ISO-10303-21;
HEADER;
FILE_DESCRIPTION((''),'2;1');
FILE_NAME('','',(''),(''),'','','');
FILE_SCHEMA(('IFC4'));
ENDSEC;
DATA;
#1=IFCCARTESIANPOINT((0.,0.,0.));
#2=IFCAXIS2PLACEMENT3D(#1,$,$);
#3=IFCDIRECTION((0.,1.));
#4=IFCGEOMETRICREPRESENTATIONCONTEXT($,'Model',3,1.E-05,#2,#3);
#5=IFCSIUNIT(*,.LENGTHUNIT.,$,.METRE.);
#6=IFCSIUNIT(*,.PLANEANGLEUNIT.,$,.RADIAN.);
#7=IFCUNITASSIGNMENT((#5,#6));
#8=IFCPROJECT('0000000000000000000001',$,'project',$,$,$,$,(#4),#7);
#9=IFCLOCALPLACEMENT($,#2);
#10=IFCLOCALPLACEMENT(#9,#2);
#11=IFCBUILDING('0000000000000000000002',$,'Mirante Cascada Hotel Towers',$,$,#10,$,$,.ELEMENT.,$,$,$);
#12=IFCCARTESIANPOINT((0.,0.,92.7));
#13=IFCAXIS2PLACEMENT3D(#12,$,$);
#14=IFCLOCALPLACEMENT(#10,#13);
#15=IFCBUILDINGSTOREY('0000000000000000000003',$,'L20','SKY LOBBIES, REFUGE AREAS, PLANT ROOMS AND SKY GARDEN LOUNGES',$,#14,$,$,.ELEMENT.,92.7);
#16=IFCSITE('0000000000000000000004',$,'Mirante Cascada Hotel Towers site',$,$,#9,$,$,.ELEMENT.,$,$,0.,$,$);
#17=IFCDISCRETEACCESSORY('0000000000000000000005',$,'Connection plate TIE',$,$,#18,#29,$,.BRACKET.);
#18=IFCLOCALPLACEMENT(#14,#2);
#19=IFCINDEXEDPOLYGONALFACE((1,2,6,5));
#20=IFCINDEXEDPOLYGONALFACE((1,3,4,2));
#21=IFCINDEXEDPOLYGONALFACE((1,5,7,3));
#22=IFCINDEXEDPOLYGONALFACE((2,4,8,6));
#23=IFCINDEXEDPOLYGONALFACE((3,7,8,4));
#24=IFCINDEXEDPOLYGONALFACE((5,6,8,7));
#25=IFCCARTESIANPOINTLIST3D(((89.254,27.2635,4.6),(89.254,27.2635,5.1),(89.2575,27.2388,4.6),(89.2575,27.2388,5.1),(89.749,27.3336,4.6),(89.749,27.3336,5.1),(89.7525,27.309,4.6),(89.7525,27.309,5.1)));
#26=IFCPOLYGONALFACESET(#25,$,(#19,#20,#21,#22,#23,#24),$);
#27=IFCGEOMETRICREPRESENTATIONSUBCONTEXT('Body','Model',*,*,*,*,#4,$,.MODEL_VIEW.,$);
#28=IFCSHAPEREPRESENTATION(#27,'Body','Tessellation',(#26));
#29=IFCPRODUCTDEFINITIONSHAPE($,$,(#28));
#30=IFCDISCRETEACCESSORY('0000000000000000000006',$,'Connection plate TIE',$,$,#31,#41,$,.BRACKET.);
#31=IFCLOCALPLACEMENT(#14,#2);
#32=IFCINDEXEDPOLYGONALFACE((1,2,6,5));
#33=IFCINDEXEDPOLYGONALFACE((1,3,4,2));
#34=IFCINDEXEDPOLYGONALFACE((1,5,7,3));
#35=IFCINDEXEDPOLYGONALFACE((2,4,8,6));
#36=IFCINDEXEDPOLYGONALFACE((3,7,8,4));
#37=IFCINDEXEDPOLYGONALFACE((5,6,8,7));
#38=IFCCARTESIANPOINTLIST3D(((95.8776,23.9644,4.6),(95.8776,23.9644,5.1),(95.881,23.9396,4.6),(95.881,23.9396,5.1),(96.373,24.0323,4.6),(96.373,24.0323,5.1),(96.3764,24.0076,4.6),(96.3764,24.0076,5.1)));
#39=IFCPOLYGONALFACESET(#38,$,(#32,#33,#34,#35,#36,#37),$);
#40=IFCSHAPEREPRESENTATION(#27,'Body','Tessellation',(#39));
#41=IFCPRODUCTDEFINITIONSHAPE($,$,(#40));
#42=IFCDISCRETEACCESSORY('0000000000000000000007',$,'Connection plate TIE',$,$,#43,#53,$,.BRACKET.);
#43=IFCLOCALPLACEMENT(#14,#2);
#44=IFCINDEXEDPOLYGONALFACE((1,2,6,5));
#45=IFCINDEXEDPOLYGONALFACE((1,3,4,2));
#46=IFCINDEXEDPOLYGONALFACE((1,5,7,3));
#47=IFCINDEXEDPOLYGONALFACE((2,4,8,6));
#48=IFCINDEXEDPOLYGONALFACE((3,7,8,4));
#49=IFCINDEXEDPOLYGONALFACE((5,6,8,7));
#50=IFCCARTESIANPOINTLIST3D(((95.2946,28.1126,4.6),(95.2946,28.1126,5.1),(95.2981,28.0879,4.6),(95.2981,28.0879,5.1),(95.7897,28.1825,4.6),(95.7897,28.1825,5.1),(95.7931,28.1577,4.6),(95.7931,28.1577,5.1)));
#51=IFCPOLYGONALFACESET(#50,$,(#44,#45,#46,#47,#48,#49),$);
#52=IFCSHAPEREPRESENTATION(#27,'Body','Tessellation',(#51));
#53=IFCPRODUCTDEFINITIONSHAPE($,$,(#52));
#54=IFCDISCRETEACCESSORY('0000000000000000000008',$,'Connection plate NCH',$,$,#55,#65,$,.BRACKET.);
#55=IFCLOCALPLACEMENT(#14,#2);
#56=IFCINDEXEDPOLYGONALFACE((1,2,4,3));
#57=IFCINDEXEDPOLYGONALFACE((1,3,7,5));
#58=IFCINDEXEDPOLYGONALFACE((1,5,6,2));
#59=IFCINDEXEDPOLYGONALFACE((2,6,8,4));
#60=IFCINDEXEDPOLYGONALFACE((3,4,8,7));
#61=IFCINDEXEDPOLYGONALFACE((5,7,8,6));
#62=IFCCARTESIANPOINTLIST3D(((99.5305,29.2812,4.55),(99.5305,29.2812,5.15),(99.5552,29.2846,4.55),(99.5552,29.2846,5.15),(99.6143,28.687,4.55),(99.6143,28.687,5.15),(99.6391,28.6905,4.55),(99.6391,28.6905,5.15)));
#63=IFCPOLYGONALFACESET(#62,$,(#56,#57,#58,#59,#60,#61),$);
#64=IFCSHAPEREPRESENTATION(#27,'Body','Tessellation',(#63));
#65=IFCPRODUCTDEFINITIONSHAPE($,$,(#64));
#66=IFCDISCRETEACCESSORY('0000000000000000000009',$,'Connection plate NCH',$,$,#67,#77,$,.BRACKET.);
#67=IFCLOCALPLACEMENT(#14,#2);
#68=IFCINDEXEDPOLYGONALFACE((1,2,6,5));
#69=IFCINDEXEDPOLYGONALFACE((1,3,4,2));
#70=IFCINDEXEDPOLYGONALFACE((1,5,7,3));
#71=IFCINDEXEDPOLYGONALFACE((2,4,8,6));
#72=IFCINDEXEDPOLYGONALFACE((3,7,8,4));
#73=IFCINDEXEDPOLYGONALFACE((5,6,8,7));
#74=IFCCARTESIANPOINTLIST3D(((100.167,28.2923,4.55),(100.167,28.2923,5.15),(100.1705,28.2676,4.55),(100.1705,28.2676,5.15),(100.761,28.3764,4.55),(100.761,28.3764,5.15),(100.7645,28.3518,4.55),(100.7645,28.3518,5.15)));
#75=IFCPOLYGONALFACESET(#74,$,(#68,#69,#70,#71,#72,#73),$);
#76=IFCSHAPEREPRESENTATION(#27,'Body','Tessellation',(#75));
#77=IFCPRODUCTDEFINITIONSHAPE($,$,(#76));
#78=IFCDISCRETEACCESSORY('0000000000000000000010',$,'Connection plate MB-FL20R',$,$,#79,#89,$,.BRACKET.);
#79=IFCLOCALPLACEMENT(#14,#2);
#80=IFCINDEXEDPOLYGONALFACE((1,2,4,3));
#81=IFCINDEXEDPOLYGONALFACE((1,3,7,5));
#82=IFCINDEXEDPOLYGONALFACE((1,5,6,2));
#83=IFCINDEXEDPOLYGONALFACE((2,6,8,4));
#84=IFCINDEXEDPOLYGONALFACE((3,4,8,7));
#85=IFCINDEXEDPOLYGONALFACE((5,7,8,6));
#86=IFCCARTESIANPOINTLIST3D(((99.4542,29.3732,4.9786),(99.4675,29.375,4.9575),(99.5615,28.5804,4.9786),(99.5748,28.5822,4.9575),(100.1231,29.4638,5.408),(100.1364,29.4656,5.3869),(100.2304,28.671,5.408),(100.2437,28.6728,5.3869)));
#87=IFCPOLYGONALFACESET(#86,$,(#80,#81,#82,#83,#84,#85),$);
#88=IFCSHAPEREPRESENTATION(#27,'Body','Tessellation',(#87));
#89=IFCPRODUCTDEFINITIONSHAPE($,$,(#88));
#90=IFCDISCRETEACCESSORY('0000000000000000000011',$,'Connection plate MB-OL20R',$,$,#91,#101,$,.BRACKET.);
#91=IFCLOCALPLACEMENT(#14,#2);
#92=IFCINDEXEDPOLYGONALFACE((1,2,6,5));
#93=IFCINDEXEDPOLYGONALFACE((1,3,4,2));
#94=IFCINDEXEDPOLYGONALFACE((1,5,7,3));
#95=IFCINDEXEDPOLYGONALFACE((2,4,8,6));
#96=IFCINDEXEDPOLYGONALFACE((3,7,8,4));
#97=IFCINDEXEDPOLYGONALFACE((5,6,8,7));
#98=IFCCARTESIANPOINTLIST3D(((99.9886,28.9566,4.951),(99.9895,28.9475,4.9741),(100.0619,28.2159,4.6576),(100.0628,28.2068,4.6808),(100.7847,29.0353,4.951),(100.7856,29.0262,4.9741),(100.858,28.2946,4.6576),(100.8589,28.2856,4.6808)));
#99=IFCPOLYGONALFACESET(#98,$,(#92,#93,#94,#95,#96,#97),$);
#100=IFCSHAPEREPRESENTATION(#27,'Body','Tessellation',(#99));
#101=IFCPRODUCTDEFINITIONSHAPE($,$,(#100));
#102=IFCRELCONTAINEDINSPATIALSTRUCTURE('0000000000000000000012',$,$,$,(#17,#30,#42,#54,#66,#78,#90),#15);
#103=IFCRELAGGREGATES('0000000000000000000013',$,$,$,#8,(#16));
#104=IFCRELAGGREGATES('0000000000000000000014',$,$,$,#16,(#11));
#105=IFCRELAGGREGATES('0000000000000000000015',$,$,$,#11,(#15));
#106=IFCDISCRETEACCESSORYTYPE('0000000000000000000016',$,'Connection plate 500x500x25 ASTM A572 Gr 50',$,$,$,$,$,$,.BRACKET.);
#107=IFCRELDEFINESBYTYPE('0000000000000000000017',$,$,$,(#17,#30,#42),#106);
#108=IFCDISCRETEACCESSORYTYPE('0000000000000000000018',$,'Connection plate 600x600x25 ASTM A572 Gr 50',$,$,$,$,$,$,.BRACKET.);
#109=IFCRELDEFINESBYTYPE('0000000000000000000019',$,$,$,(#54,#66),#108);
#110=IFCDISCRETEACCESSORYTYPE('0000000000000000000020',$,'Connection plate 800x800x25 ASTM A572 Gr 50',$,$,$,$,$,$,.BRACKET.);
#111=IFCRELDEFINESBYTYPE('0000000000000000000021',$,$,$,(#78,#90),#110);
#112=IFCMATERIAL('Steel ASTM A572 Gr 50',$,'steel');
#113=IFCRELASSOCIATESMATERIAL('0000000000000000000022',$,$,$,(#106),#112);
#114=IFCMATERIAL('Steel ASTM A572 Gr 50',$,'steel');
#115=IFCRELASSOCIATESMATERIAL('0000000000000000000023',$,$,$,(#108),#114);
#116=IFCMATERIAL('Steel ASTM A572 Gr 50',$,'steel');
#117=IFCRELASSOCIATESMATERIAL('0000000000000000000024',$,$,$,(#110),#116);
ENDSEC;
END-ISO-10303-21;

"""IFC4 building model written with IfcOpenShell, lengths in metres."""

from ifc_helpers import new_model, si_unit, direction, frame, origin, origin_2d, place, context, subcontext, project, spatial, rectangle, extrude, material, material_profile, profile_set, type_object, element, save


model = new_model("IFC4")

# Units and contexts
model_context = context("Model", 3, precision=1e-05, world=origin(), true_north=direction((0.0, 1.0)))
body_context = subcontext(model_context, "Body", "Model", "MODEL_VIEW")
ifc_project = project(units=[si_unit("LENGTHUNIT", "METRE"), si_unit("PLANEANGLEUNIT", "RADIAN")], contexts=[model_context])

# Site, building, storey
site_placement = place(None, origin())
site = spatial("IfcSite", under=ifc_project, at=site_placement, Name="Mirante Cascada Hotel Towers site", CompositionType="ELEMENT", RefElevation=0.0)
building_placement = place(site_placement, origin())
building = spatial("IfcBuilding", under=site, at=building_placement, Name="Mirante Cascada Hotel Towers", CompositionType="ELEMENT")
storey_placement = place(building_placement, frame((0.0, 0.0, 92.7)))
storey = spatial("IfcBuildingStorey", under=building, at=storey_placement, Name="L20", Description="SKY LOBBIES, REFUGE AREAS, PLANT ROOMS AND SKY GARDEN LOUNGES", CompositionType="ELEMENT", Elevation=92.7)

# Discrete accessories
ifc_material_1 = material(Name="Steel ASTM A572 Gr 50", Category="steel")
ifc_material_profile_1 = material_profile(ifc_material_1, rectangle(XDim=0.5, YDim=0.5, at=origin_2d()), Name="Connection plate 500x500x25 ASTM A572 Gr 50")
ifc_profile_set_1 = profile_set([ifc_material_profile_1], Name="Steel ASTM A572 Gr 50")
discrete_accessory_type_1 = type_object("IfcDiscreteAccessoryType", Name="Connection plate 500x500x25 ASTM A572 Gr 50", PredefinedType="BRACKET", material=ifc_profile_set_1)
discrete_accessory_1_placement = place(storey_placement, frame((89.505, 27.2739, 4.85), z_axis=(-0.140299, 0.990109, 0.0), x_axis=(-0.990109, -0.140299, 0.0)))
element("IfcDiscreteAccessory", 1, at=discrete_accessory_1_placement, inside=storey, type_object=discrete_accessory_type_1, Name="Connection plate TIE", PredefinedType="BRACKET", context=body_context, shape_type="SweptSolid", body=[
    extrude(rectangle(XDim=0.5, YDim=0.5, at=origin_2d()), origin(), (0.0, 0.0, 1.0), 0.0249),
])
for number, where, z_axis, x_axis, name in (
    (2, (96.1287, 23.9736, 4.85), (-0.135826, 0.990733, 0.0), (-0.990733, -0.135826, 0.0), "Connection plate TIE"),
    (3, (95.5456, 28.1228, 4.85), (-0.139744, 0.990188, 0.0), (-0.990188, -0.139744, 0.0), "Connection plate TIE"),
):
    element("IfcDiscreteAccessory", number, at=place(storey_placement, frame(where, z_axis=z_axis, x_axis=x_axis)), inside=storey, type_object=discrete_accessory_type_1, Name=name, PredefinedType="BRACKET", context=body_context, shape_type="SweptSolid", body=[
        extrude(rectangle(XDim=0.5, YDim=0.5, at=origin_2d()), origin(), (0.0, 0.0, 1.0), 0.025),
    ])
ifc_material_2 = material(Name="Steel ASTM A572 Gr 50", Category="steel")
ifc_material_profile_2 = material_profile(ifc_material_2, rectangle(XDim=0.6, YDim=0.6, at=origin_2d()), Name="Connection plate 600x600x25 ASTM A572 Gr 50")
ifc_profile_set_2 = profile_set([ifc_material_profile_2], Name="Steel ASTM A572 Gr 50")
discrete_accessory_type_2 = type_object("IfcDiscreteAccessoryType", Name="Connection plate 600x600x25 ASTM A572 Gr 50", PredefinedType="BRACKET", material=ifc_profile_set_2)
discrete_accessory_2_placement = place(storey_placement, frame((99.5724, 28.9841, 4.85), z_axis=(0.990188, 0.139744, 0.0), x_axis=(-0.139744, 0.990188, 0.0)))
element("IfcDiscreteAccessory", 4, at=discrete_accessory_2_placement, inside=storey, type_object=discrete_accessory_type_2, Name="Connection plate NCH", PredefinedType="BRACKET", context=body_context, shape_type="SweptSolid", body=[
    extrude(rectangle(XDim=0.6, YDim=0.6, at=origin_2d()), origin(), (0.0, 0.0, 1.0), 0.025),
])
discrete_accessory_3_placement = place(storey_placement, frame((100.4675, 28.3097, 4.85), z_axis=(-0.140299, 0.990109, 0.0), x_axis=(-0.990109, -0.140299, 0.0)))
element("IfcDiscreteAccessory", 5, at=discrete_accessory_3_placement, inside=storey, type_object=discrete_accessory_type_2, Name="Connection plate NCH", PredefinedType="BRACKET", context=body_context, shape_type="SweptSolid", body=[
    extrude(rectangle(XDim=0.6, YDim=0.6, at=origin_2d()), origin(), (0.0, 0.0, 1.0), 0.0249),
])
ifc_material_3 = material(Name="Steel ASTM A572 Gr 50", Category="steel")
ifc_material_profile_3 = material_profile(ifc_material_3, rectangle(XDim=0.8, YDim=0.8, at=origin_2d()), Name="Connection plate 800x800x25 ASTM A572 Gr 50")
ifc_profile_set_3 = profile_set([ifc_material_profile_3], Name="Steel ASTM A572 Gr 50")
discrete_accessory_type_3 = type_object("IfcDiscreteAccessoryType", Name="Connection plate 800x800x25 ASTM A572 Gr 50", PredefinedType="BRACKET", material=ifc_profile_set_3)
discrete_accessory_4_placement = place(storey_placement, frame((99.8556, 29.0239, 5.1722), z_axis=(-0.531855, -0.07198, 0.84377), x_axis=(0.134116, -0.990966, 0.0)))
element("IfcDiscreteAccessory", 6, at=discrete_accessory_4_placement, inside=storey, type_object=discrete_accessory_type_3, Name="Connection plate MB-FL20R", PredefinedType="BRACKET", context=body_context, shape_type="SweptSolid", body=[
    extrude(rectangle(XDim=0.8, YDim=0.8, at=origin_2d()), origin(), (0.0, 0.0, 1.0), 0.025),
])
discrete_accessory_5_placement = place(storey_placement, frame((100.4233, 28.6256, 4.8043), z_axis=(0.036091, -0.364918, 0.93034), x_axis=(0.995145, 0.098421, 0.0)))
element("IfcDiscreteAccessory", 7, at=discrete_accessory_5_placement, inside=storey, type_object=discrete_accessory_type_3, Name="Connection plate MB-OL20R", PredefinedType="BRACKET", context=body_context, shape_type="SweptSolid", body=[
    extrude(rectangle(XDim=0.8, YDim=0.8, at=origin_2d()), origin(), (0.0, 0.0, 1.0), 0.0249),
])

save(model, "model.ifc")
